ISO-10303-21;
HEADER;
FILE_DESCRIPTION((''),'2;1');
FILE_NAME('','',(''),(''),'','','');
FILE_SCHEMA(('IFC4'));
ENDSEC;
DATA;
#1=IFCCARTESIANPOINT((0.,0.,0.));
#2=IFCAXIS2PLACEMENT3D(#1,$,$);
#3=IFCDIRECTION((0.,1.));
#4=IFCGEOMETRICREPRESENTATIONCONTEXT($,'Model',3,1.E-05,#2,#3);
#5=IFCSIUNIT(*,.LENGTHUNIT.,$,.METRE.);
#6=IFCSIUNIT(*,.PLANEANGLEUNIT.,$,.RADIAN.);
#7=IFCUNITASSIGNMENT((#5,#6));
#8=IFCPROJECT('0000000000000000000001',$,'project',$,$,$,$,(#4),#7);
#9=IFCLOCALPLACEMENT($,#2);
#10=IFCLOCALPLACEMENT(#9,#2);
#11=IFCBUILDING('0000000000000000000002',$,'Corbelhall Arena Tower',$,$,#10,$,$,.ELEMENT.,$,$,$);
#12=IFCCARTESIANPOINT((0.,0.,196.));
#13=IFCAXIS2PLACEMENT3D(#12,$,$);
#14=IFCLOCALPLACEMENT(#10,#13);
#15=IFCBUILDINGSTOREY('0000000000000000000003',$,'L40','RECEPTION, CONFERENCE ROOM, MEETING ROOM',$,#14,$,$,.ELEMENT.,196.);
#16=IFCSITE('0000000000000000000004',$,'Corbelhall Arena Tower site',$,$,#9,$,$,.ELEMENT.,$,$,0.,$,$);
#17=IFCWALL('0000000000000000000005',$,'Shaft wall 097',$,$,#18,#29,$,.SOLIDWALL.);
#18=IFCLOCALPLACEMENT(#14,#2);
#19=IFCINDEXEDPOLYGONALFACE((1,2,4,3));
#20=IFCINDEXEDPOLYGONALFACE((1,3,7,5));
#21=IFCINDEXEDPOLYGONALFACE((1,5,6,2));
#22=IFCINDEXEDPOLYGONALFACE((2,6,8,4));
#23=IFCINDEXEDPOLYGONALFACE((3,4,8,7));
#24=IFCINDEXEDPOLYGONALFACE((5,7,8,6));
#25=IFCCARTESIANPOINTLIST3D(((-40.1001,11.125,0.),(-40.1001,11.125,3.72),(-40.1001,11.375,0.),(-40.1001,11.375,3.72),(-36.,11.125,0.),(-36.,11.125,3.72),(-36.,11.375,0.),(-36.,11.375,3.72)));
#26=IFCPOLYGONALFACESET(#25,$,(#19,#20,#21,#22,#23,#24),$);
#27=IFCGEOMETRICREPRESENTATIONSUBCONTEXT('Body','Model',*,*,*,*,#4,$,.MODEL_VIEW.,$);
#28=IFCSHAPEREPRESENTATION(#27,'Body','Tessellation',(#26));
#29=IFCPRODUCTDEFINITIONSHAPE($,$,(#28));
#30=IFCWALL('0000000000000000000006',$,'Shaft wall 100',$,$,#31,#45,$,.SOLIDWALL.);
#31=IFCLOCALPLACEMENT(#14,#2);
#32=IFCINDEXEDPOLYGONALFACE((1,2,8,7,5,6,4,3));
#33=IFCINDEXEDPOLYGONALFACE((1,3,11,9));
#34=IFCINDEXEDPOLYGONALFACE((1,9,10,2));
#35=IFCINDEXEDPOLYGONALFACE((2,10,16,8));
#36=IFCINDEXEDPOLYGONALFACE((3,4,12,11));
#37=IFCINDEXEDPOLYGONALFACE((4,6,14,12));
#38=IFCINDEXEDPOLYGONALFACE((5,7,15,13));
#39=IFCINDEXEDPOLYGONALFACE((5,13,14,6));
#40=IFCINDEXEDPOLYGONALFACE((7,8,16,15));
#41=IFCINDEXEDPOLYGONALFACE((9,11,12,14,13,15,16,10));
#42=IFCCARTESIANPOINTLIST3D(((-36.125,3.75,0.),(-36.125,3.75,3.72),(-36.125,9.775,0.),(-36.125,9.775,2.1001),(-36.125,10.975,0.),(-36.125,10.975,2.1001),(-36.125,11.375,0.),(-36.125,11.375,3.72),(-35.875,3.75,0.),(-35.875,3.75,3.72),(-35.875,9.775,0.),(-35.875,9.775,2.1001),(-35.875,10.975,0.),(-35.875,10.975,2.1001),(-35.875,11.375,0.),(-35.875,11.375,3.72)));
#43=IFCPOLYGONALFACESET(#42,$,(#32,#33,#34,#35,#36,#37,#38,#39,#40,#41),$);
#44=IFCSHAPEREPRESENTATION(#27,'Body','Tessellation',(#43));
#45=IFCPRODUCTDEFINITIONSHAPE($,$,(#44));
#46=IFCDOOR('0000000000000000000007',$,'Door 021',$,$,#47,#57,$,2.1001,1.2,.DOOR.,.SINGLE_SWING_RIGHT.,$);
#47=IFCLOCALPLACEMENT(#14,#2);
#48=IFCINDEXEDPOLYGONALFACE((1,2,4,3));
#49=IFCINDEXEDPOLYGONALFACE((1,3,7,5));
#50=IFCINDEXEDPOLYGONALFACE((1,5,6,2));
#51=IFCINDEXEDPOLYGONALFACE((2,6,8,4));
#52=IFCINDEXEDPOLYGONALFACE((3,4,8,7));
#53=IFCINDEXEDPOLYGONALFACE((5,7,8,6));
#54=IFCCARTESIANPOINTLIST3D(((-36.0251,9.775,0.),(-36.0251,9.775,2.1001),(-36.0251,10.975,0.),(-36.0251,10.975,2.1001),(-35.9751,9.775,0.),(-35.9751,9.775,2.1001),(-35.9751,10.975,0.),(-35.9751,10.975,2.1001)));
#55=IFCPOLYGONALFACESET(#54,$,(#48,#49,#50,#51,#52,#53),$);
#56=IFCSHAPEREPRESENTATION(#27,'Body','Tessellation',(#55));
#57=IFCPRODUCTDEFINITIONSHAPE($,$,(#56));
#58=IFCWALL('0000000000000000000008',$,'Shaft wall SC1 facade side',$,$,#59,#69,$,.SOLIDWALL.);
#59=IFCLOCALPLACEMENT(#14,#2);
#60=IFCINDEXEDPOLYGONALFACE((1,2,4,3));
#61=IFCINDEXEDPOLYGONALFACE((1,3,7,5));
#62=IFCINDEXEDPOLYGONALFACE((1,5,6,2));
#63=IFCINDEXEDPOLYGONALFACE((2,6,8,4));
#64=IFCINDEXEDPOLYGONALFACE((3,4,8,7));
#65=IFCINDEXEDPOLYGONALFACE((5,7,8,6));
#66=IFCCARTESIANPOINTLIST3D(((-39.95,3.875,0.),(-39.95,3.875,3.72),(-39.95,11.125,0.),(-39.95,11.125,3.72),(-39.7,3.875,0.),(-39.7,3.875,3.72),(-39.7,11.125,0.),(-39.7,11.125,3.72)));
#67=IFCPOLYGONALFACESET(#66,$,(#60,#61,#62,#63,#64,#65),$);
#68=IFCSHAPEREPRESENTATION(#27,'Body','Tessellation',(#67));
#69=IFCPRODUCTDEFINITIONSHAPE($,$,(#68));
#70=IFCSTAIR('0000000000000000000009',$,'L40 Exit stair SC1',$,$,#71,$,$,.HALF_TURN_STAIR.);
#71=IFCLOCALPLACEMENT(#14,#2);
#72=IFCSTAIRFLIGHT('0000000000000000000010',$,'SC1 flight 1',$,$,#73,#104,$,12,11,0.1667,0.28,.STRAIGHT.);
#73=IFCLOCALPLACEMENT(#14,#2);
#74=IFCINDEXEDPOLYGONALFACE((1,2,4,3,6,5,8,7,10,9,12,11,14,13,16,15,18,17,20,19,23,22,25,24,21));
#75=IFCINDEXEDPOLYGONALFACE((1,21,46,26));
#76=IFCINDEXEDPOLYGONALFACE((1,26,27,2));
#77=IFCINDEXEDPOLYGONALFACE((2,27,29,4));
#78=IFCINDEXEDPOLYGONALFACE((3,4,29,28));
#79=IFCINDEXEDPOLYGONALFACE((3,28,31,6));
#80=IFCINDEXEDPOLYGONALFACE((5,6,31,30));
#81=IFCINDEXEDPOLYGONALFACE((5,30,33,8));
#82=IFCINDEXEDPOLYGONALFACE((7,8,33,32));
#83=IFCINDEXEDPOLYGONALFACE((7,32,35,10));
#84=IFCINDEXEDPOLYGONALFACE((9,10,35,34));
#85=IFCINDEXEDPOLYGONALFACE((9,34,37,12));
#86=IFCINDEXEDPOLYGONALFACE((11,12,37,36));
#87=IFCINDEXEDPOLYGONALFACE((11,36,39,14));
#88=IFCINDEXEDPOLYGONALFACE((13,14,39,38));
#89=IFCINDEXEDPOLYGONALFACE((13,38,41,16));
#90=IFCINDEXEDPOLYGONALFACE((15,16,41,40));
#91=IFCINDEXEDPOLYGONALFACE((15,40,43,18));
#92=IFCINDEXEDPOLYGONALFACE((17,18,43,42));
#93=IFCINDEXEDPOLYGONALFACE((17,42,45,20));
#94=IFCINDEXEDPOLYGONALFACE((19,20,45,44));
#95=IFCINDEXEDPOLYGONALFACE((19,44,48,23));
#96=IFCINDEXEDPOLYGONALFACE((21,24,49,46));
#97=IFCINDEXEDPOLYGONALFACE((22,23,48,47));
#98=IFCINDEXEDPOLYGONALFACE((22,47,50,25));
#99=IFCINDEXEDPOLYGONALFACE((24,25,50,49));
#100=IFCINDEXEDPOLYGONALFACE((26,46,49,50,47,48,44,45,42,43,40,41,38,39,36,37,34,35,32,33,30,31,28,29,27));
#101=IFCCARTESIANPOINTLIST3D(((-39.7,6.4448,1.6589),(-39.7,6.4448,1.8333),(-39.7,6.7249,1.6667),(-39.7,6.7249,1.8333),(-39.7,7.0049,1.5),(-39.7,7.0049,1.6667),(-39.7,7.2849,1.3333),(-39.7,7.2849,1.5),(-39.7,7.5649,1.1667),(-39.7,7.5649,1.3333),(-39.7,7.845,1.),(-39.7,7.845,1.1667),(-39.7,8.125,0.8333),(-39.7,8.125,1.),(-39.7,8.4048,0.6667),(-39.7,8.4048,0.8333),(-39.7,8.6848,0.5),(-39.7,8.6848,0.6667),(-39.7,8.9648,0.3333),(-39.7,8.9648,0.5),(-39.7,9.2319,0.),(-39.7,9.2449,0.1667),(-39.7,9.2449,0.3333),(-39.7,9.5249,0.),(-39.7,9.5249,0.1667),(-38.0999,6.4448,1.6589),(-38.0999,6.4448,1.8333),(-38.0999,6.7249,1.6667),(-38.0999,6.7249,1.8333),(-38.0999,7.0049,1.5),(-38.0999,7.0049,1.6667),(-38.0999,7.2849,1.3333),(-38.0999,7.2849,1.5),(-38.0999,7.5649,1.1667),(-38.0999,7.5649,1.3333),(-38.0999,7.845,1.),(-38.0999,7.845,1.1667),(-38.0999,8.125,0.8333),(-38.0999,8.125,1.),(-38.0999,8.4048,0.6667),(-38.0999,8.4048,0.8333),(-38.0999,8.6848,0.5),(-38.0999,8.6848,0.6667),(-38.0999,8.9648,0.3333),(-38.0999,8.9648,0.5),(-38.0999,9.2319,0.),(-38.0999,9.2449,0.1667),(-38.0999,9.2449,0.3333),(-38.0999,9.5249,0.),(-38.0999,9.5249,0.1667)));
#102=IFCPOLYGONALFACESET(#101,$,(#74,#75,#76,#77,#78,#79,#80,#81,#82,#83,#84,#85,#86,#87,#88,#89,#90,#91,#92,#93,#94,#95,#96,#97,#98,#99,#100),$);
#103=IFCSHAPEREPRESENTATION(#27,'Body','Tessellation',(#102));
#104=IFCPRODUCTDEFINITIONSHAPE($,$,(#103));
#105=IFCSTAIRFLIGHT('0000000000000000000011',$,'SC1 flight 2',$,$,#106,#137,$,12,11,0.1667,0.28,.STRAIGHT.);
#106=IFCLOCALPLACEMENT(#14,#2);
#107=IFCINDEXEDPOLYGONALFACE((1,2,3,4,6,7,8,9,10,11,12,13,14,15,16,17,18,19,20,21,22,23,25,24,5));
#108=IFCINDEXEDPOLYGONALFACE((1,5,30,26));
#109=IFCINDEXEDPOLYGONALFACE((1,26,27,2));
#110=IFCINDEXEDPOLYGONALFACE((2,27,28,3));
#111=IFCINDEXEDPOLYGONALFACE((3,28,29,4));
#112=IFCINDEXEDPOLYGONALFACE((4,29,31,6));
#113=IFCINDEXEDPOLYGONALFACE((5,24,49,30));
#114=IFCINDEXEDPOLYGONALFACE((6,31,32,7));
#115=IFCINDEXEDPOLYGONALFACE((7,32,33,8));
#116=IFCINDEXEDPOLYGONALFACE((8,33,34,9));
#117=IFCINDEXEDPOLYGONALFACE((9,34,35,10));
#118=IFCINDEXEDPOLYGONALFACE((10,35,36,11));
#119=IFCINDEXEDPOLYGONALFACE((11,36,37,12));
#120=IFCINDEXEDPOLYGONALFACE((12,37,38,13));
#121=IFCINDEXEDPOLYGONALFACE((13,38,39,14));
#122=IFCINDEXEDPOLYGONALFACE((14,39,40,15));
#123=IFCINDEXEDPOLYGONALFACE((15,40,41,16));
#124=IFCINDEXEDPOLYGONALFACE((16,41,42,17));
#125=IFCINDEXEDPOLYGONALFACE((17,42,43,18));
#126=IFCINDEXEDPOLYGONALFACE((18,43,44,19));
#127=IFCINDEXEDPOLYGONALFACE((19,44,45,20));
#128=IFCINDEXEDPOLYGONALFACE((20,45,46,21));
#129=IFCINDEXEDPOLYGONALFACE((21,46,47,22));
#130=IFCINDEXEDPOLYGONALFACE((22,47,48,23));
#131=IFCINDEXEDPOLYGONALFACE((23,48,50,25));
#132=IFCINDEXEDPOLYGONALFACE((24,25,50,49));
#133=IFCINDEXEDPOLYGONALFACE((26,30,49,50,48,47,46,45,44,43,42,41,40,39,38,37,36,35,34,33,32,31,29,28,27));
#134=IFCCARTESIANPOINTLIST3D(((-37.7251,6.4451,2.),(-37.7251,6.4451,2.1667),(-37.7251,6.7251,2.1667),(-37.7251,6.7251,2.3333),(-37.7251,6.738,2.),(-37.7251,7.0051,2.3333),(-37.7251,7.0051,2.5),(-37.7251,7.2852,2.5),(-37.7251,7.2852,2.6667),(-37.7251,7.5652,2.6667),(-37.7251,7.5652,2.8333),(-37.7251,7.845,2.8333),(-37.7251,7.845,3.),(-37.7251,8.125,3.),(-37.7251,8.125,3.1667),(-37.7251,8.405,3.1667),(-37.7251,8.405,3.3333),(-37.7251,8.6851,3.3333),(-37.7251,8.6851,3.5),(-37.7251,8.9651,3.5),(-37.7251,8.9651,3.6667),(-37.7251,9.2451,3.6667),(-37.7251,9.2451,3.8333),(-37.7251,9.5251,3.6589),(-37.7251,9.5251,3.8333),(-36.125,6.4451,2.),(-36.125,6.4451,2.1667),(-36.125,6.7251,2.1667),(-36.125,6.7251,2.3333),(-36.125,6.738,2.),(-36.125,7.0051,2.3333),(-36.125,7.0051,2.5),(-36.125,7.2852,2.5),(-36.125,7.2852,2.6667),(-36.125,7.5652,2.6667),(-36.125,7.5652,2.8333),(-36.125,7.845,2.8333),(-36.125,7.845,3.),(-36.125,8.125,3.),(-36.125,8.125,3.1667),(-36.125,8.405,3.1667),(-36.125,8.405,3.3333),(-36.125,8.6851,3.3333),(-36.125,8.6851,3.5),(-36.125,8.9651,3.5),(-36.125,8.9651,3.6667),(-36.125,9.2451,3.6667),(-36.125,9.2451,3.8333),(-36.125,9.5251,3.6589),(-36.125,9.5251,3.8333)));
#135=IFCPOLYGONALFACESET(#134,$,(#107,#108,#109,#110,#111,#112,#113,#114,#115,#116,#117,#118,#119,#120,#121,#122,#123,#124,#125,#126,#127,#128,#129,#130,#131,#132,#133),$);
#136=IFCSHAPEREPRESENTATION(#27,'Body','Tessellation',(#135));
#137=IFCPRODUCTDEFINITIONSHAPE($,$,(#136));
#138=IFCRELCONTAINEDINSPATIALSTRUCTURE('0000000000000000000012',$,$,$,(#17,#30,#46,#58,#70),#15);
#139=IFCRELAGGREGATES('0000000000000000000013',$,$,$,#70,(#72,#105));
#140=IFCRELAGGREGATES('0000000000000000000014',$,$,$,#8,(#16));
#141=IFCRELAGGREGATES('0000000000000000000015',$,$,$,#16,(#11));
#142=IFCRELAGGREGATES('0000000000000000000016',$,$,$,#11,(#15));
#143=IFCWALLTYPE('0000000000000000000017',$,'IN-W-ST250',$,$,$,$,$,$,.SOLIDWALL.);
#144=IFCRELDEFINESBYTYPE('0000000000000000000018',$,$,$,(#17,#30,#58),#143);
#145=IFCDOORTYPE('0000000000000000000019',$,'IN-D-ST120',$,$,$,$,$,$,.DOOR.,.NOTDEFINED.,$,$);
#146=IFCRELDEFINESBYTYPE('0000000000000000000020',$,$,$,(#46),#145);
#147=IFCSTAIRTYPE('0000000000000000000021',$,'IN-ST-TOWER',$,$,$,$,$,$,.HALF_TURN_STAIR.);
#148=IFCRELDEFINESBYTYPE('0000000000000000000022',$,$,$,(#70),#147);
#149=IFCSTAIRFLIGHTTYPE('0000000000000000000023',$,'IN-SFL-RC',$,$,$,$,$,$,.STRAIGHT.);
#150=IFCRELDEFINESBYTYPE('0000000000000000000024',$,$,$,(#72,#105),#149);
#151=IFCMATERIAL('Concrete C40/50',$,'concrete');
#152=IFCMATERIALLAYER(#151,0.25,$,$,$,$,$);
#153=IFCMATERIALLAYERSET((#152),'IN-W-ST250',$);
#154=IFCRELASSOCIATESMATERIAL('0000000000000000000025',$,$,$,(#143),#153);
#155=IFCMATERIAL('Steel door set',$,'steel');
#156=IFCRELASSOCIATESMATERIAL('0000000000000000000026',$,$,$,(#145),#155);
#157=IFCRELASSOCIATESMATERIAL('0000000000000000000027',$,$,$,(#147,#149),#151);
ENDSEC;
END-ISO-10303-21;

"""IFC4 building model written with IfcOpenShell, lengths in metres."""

from ifc_helpers import new_model, si_unit, direction, frame, frame_2d, origin, place, context, subcontext, project, spatial, polyline, rectangle, outline, extrude, material, layer, layer_set, type_object, element, fill, aggregate, save


model = new_model("IFC4")

# Units and contexts
model_context = context("Model", 3, precision=1e-05, world=origin(), true_north=direction((0.0, 1.0)))
body_context = subcontext(model_context, "Body", "Model", "MODEL_VIEW")
ifc_project = project(units=[si_unit("LENGTHUNIT", "METRE"), si_unit("PLANEANGLEUNIT", "RADIAN")], contexts=[model_context])

# Site, building, storey
site_placement = place(None, origin())
site = spatial("IfcSite", under=ifc_project, at=site_placement, Name="Corbelhall Arena Tower site", CompositionType="ELEMENT", RefElevation=0.0)
building_placement = place(site_placement, origin())
building = spatial("IfcBuilding", under=site, at=building_placement, Name="Corbelhall Arena Tower", CompositionType="ELEMENT")
storey_placement = place(building_placement, frame((0.0, 0.0, 196.0)))
storey = spatial("IfcBuildingStorey", under=building, at=storey_placement, Name="L40", Description="RECEPTION, CONFERENCE ROOM, MEETING ROOM", CompositionType="ELEMENT", Elevation=196.0)

# Shared definitions
ifc_material_1 = material(Name="Steel door set", Category="steel")

# Wall
ifc_material_2 = material(Name="Concrete C40/50", Category="concrete")
ifc_layer_1 = layer(ifc_material_2, 0.25)
ifc_layer_set_1 = layer_set([ifc_layer_1], Name="IN-W-ST250")
wall_type_1 = type_object("IfcWallType", Name="IN-W-ST250", PredefinedType="SOLIDWALL", material=ifc_layer_set_1)
wall_1_placement = place(storey_placement, frame((-40.1001, 11.25, 0.0), z_axis=(0.0, 0.0, 1.0), x_axis=(1.0, 0.0, 0.0)))
element("IfcWall", 1, at=wall_1_placement, inside=storey, type_object=wall_type_1, Name="Shaft wall 097", PredefinedType="SOLIDWALL", context=body_context, shape_type="SweptSolid", body=[
    extrude(rectangle(XDim=4.1001, YDim=0.25, at=frame_2d((2.05, 0.0))), origin(), (0.0, 0.0, 1.0), 3.72),
])

# Wall, opening, door
wall_2_placement = place(storey_placement, frame((-36.0, 11.375, 0.0), z_axis=(0.0, 0.0, 1.0), x_axis=(0.0, -1.0, 0.0)))
wall_2 = element("IfcWall", 2, at=wall_2_placement, inside=storey, type_object=wall_type_1, Name="Shaft wall 100", PredefinedType="SOLIDWALL", context=body_context, shape_type="SweptSolid", body=[
    extrude(rectangle(XDim=7.625, YDim=0.25, at=frame_2d((3.8125, 0.0))), origin(), (0.0, 0.0, 1.0), 3.72),
])
opening_1_placement = place(wall_2_placement, frame((0.3999, 0.0, 0.0)))
opening_1 = element("IfcOpeningElement", 3, at=opening_1_placement, cuts=wall_2, PredefinedType="OPENING", context=body_context, shape_type="SweptSolid", body=[
    extrude(rectangle(XDim=1.2, YDim=2.1001, at=frame_2d((0.6001, 1.05))), frame((0.0, 0.125, 0.0), z_axis=(0.0, -1.0, 0.0), x_axis=(1.0, 0.0, 0.0)), (0.0, 0.0, 1.0), 0.25),
])
door_type_1 = type_object("IfcDoorType", Name="IN-D-ST120", OperationType="NOTDEFINED", PredefinedType="DOOR", material=ifc_material_1)
door_1_placement = place(opening_1_placement, origin())
door_1 = element("IfcDoor", 4, at=door_1_placement, inside=storey, type_object=door_type_1, Name="Door 021", OperationType="SINGLE_SWING_RIGHT", OverallHeight=2.1001, OverallWidth=1.2, PredefinedType="DOOR", context=body_context, shape_type="SweptSolid", body=[
    extrude(rectangle(XDim=1.2, YDim=2.1001, at=frame_2d((0.6001, 1.05))), frame((0.0, 0.0249, 0.0), z_axis=(0.0, -1.0, 0.0), x_axis=(1.0, 0.0, 0.0)), (0.0, 0.0, 1.0), 0.05),
])
fill(opening_1, door_1)

# Wall
wall_3_placement = place(storey_placement, frame((-39.825, 3.875, 0.0), z_axis=(0.0, 0.0, 1.0), x_axis=(0.0, 1.0, 0.0)))
element("IfcWall", 5, at=wall_3_placement, inside=storey, type_object=wall_type_1, Name="Shaft wall SC1 facade side", PredefinedType="SOLIDWALL", context=body_context, shape_type="SweptSolid", body=[
    extrude(rectangle(XDim=7.25, YDim=0.25, at=frame_2d((3.625, 0.0))), origin(), (0.0, 0.0, 1.0), 3.72),
])

# Stair, stair flights
stair_type = type_object("IfcStairType", Name="IN-ST-TOWER", PredefinedType="HALF_TURN_STAIR", material=ifc_material_2)
stair_placement = place(storey_placement, origin())
stair = element("IfcStair", 6, at=stair_placement, inside=storey, type_object=stair_type, Name="L40 Exit stair SC1", PredefinedType="HALF_TURN_STAIR")
stair_flight_type = type_object("IfcStairFlightType", Name="IN-SFL-RC", PredefinedType="STRAIGHT", material=ifc_material_2)
stair_flight_1_placement = place(storey_placement, frame((-38.8999, 9.5249, 0.0), z_axis=(0.0, 0.0, 1.0), x_axis=(0.0, -1.0, 0.0)))
stair_flight_1 = element("IfcStairFlight", 7, at=stair_flight_1_placement, type_object=stair_flight_type, Name="SC1 flight 1", NumberOfRisers=12, NumberOfTreads=11, PredefinedType="STRAIGHT", RiserHeight=0.1667, TreadLength=0.28, context=body_context, shape_type="SweptSolid", body=[
    extrude(outline(polyline([(0.0, 0.0), (0.0, 0.1667), (0.28, 0.1667), (0.28, 0.3333), (0.5601, 0.3333), (0.5601, 0.5), (0.8401, 0.5), (0.8401, 0.6667), (1.1201, 0.6667), (1.1201, 0.8333), (1.3999, 0.8333), (1.3999, 1.0), (1.6799, 1.0), (1.6799, 1.1667), (1.96, 1.1667), (1.96, 1.3333), (2.24, 1.3333), (2.24, 1.5), (2.52, 1.5), (2.52, 1.6667), (2.8, 1.6667), (2.8, 1.8333), (3.0801, 1.8333), (3.0801, 2.0), (3.0801, 1.6589), (0.293, 0.0), (0.0, 0.0)])), frame((0.0, 0.8, 0.0), z_axis=(0.0, -1.0, 0.0), x_axis=(1.0, 0.0, 0.0)), (0.0, 0.0, 1.0), 1.6001),
])
stair_flight_2_placement = place(storey_placement, frame((-36.925, 6.4451, 2.0), z_axis=(0.0, 0.0, 1.0), x_axis=(0.0, 1.0, 0.0)))
stair_flight_2 = element("IfcStairFlight", 8, at=stair_flight_2_placement, type_object=stair_flight_type, Name="SC1 flight 2", NumberOfRisers=12, NumberOfTreads=11, PredefinedType="STRAIGHT", RiserHeight=0.1667, TreadLength=0.28, context=body_context, shape_type="SweptSolid", body=[
    extrude(outline(polyline([(0.0, 0.0), (0.0, 0.1667), (0.28, 0.1667), (0.28, 0.3333), (0.5601, 0.3333), (0.5601, 0.5), (0.8401, 0.5), (0.8401, 0.6667), (1.1201, 0.6667), (1.1201, 0.8333), (1.3999, 0.8333), (1.3999, 1.0), (1.6799, 1.0), (1.6799, 1.1667), (1.96, 1.1667), (1.96, 1.3333), (2.24, 1.3333), (2.24, 1.5), (2.52, 1.5), (2.52, 1.6667), (2.8, 1.6667), (2.8, 1.8333), (3.0801, 1.8333), (3.0801, 2.0), (3.0801, 1.6589), (0.293, 0.0), (0.0, 0.0)])), frame((0.0, 0.8, 0.0), z_axis=(0.0, -1.0, 0.0), x_axis=(1.0, 0.0, 0.0)), (0.0, 0.0, 1.0), 1.6001),
])
aggregate(stair, [stair_flight_1, stair_flight_2])

save(model, "model.ifc")
